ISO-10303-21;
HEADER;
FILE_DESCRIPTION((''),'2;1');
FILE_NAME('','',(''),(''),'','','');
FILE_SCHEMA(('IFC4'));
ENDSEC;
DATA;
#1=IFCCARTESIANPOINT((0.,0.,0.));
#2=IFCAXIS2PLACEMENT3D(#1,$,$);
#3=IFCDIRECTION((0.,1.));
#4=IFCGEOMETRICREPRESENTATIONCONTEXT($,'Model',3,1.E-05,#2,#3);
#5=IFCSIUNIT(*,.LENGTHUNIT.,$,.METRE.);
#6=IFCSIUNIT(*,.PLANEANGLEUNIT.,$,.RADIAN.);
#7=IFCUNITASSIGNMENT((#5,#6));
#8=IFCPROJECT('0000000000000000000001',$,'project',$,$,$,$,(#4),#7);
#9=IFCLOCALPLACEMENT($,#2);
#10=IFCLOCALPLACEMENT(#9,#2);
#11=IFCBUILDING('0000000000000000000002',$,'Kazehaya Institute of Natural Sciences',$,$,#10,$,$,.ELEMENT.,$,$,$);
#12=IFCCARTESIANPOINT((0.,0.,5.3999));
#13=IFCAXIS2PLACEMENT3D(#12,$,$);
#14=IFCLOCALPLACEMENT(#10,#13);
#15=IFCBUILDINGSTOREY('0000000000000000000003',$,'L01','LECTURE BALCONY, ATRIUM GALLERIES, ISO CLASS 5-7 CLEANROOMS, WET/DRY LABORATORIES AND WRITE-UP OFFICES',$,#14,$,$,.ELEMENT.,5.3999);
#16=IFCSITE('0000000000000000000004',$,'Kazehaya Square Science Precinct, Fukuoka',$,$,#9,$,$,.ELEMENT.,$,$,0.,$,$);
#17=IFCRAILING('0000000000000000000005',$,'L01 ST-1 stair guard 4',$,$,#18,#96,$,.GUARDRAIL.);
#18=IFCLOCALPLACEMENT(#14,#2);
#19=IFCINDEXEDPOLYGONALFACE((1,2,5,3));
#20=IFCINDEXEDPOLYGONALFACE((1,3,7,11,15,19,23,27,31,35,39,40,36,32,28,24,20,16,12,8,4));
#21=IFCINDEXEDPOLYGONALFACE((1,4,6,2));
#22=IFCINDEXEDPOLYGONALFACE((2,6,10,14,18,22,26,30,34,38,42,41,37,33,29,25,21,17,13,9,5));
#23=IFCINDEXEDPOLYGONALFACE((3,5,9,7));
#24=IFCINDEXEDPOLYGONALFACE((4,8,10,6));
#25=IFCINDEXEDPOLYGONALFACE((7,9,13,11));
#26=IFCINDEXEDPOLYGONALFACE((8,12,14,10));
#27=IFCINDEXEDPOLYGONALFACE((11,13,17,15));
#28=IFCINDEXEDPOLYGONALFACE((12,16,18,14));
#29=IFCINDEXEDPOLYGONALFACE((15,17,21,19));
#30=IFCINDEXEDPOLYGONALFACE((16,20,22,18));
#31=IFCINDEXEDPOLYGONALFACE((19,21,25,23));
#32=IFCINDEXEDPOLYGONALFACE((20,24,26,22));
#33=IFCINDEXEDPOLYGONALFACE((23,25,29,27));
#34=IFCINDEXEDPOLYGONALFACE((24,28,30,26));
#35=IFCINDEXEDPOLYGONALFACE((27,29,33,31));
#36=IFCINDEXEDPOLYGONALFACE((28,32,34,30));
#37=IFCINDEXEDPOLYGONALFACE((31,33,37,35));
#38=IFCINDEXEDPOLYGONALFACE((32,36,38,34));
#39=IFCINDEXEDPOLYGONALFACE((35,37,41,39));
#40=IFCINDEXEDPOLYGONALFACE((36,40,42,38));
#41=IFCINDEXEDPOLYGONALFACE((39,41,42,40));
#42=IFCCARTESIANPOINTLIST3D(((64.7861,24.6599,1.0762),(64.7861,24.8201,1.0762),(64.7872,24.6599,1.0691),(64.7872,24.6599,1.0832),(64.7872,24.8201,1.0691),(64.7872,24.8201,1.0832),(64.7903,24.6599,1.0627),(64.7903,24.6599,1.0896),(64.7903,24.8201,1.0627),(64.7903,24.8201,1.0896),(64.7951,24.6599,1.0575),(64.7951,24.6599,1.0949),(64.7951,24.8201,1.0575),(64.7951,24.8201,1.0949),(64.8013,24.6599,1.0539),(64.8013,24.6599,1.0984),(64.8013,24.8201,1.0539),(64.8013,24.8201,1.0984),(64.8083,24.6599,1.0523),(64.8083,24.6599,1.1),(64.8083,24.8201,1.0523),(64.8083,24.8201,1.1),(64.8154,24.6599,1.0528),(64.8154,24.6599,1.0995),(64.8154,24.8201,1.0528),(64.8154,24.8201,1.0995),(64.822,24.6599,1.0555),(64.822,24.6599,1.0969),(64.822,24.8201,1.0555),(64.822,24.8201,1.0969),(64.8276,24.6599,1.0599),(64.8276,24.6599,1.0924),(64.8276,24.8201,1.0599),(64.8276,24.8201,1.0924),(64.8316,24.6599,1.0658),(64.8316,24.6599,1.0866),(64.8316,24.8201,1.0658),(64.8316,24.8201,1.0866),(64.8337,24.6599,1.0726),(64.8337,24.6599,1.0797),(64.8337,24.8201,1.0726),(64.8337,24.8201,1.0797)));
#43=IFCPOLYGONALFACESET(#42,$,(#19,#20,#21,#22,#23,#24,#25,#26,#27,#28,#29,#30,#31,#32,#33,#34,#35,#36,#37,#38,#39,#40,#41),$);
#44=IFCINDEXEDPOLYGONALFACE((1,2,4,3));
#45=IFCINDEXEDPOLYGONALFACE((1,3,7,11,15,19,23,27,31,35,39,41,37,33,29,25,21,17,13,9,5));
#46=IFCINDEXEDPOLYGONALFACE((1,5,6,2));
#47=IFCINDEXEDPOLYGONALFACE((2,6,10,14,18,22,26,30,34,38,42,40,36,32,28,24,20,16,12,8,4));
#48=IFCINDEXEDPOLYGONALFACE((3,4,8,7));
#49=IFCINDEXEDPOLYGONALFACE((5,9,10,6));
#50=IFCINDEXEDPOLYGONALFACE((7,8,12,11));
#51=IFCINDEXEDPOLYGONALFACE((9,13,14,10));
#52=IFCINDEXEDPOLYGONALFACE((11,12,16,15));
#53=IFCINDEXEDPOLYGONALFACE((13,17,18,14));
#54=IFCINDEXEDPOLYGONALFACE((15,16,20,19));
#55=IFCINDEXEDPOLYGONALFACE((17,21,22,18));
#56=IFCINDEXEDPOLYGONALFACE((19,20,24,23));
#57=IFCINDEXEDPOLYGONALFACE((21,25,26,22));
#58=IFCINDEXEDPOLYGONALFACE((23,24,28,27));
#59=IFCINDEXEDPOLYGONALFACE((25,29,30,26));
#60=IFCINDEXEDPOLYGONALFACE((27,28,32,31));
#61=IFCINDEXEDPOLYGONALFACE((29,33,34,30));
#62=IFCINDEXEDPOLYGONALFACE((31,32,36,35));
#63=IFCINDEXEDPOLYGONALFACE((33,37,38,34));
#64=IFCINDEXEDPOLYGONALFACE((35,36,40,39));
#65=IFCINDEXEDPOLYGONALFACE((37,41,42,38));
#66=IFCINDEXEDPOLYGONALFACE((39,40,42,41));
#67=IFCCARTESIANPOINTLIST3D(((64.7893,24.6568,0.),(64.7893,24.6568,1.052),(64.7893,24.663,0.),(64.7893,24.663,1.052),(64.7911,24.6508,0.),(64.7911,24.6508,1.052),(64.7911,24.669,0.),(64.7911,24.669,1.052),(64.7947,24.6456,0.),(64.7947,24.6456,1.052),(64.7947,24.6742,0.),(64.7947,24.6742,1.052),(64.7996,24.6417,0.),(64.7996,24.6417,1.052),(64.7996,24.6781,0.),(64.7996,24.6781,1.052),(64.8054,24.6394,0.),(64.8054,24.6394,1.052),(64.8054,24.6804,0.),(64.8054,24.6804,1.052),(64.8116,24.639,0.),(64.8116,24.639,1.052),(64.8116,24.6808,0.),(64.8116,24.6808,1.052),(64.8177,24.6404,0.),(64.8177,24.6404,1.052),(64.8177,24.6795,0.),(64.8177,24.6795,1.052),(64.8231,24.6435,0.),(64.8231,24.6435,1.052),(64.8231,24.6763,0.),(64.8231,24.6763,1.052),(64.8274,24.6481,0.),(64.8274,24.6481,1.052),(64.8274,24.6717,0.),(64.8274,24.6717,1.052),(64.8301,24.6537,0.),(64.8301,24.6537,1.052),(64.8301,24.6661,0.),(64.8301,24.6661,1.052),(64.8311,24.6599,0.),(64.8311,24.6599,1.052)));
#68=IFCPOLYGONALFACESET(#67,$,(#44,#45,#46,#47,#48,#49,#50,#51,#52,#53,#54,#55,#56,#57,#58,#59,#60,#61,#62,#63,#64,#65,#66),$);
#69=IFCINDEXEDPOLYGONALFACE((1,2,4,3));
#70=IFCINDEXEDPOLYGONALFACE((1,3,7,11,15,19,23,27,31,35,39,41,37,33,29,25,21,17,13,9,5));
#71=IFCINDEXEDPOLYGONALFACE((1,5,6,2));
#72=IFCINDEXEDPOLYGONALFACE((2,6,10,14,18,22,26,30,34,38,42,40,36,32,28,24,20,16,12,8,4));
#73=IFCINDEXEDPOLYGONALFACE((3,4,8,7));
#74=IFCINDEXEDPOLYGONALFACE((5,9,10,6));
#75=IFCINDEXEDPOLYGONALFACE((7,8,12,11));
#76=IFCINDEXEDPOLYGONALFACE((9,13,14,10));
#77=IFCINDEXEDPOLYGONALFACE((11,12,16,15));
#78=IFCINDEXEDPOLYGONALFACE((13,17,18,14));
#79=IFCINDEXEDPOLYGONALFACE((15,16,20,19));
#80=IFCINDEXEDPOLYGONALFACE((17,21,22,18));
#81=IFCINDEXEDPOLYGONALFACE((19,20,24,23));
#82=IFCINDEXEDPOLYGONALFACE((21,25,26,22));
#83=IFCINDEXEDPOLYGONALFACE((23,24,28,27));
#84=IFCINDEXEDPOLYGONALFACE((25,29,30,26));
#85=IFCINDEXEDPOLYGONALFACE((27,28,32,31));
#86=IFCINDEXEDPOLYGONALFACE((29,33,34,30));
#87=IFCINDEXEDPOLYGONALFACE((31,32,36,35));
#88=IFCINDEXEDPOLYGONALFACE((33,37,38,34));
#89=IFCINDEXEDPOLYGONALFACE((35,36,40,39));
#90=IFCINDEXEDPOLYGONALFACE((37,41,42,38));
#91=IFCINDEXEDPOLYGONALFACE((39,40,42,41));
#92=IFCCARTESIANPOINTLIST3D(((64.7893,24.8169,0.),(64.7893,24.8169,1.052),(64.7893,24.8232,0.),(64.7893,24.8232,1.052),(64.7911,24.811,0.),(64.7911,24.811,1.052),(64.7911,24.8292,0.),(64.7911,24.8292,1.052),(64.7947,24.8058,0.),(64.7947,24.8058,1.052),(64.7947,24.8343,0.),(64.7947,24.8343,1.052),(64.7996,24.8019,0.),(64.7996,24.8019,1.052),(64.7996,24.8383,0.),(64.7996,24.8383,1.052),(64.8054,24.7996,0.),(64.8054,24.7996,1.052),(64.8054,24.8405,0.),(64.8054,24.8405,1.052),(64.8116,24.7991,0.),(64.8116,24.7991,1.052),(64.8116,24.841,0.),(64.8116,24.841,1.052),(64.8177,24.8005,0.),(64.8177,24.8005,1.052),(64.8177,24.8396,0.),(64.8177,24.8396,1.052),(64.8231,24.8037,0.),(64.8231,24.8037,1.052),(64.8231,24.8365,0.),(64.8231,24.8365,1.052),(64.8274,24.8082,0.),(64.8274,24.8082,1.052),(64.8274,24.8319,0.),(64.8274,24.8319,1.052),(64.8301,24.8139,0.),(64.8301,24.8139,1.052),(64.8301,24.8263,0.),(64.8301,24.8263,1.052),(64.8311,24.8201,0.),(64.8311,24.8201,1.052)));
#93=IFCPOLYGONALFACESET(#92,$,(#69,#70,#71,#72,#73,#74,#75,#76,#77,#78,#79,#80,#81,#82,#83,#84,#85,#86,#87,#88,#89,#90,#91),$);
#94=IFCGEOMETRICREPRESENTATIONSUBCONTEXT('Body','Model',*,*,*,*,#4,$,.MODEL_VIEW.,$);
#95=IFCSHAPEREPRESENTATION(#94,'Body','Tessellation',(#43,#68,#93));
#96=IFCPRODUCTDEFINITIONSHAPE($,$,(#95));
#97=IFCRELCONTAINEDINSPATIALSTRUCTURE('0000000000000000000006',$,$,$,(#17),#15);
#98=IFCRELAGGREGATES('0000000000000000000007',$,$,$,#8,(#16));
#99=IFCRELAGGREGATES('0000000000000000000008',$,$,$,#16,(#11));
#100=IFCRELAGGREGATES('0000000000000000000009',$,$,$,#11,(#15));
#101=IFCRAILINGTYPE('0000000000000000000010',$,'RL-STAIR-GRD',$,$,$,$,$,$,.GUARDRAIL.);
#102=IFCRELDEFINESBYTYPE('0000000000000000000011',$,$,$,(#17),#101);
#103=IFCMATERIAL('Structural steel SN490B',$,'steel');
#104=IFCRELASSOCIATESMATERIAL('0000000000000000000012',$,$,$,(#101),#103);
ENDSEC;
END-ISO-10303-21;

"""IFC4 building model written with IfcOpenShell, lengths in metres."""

from ifc_helpers import new_model, si_unit, direction, frame, origin, origin_2d, place, context, subcontext, project, spatial, circle, extrude, material, type_object, element, save


model = new_model("IFC4")

# Units and contexts
model_context = context("Model", 3, precision=1e-05, world=origin(), true_north=direction((0.0, 1.0)))
body_context = subcontext(model_context, "Body", "Model", "MODEL_VIEW")
ifc_project = project(units=[si_unit("LENGTHUNIT", "METRE"), si_unit("PLANEANGLEUNIT", "RADIAN")], contexts=[model_context])

# Site, building, storey
site_placement = place(None, origin())
site = spatial("IfcSite", under=ifc_project, at=site_placement, Name="Kazehaya Square Science Precinct, Fukuoka", CompositionType="ELEMENT", RefElevation=0.0)
building_placement = place(site_placement, origin())
building = spatial("IfcBuilding", under=site, at=building_placement, Name="Kazehaya Institute of Natural Sciences", CompositionType="ELEMENT")
storey_placement = place(building_placement, frame((0.0, 0.0, 5.3999)))
storey = spatial("IfcBuildingStorey", under=building, at=storey_placement, Name="L01", Description="LECTURE BALCONY, ATRIUM GALLERIES, ISO CLASS 5-7 CLEANROOMS, WET/DRY LABORATORIES AND WRITE-UP OFFICES", CompositionType="ELEMENT", Elevation=5.3999)

# Railing
ifc_material_1 = material(Name="Structural steel SN490B", Category="steel")
railing_type_1 = type_object("IfcRailingType", Name="RL-STAIR-GRD", PredefinedType="GUARDRAIL", material=ifc_material_1)
railing_1_placement = place(storey_placement, frame((64.8101, 24.6599, 0.0)))
element("IfcRailing", 1, at=railing_1_placement, inside=storey, type_object=railing_type_1, Name="L01 ST-1 stair guard 4", PredefinedType="GUARDRAIL", context=body_context, shape_type="SweptSolid", body=[
    extrude(circle(Radius=0.0239, at=origin_2d()), frame((0.0, 0.0, 1.0762), z_axis=(0.0, 1.0, 0.0), x_axis=(-1.0, 0.0, 0.0)), (0.0, 0.0, 1.0), 0.1602),
    extrude(circle(Radius=0.021, at=origin_2d()), origin(), (0.0, 0.0, 1.0), 1.052),
    extrude(circle(Radius=0.021, at=origin_2d()), frame((0.0, 0.1602, 0.0)), (0.0, 0.0, 1.0), 1.052),
])

save(model, "model.ifc")
